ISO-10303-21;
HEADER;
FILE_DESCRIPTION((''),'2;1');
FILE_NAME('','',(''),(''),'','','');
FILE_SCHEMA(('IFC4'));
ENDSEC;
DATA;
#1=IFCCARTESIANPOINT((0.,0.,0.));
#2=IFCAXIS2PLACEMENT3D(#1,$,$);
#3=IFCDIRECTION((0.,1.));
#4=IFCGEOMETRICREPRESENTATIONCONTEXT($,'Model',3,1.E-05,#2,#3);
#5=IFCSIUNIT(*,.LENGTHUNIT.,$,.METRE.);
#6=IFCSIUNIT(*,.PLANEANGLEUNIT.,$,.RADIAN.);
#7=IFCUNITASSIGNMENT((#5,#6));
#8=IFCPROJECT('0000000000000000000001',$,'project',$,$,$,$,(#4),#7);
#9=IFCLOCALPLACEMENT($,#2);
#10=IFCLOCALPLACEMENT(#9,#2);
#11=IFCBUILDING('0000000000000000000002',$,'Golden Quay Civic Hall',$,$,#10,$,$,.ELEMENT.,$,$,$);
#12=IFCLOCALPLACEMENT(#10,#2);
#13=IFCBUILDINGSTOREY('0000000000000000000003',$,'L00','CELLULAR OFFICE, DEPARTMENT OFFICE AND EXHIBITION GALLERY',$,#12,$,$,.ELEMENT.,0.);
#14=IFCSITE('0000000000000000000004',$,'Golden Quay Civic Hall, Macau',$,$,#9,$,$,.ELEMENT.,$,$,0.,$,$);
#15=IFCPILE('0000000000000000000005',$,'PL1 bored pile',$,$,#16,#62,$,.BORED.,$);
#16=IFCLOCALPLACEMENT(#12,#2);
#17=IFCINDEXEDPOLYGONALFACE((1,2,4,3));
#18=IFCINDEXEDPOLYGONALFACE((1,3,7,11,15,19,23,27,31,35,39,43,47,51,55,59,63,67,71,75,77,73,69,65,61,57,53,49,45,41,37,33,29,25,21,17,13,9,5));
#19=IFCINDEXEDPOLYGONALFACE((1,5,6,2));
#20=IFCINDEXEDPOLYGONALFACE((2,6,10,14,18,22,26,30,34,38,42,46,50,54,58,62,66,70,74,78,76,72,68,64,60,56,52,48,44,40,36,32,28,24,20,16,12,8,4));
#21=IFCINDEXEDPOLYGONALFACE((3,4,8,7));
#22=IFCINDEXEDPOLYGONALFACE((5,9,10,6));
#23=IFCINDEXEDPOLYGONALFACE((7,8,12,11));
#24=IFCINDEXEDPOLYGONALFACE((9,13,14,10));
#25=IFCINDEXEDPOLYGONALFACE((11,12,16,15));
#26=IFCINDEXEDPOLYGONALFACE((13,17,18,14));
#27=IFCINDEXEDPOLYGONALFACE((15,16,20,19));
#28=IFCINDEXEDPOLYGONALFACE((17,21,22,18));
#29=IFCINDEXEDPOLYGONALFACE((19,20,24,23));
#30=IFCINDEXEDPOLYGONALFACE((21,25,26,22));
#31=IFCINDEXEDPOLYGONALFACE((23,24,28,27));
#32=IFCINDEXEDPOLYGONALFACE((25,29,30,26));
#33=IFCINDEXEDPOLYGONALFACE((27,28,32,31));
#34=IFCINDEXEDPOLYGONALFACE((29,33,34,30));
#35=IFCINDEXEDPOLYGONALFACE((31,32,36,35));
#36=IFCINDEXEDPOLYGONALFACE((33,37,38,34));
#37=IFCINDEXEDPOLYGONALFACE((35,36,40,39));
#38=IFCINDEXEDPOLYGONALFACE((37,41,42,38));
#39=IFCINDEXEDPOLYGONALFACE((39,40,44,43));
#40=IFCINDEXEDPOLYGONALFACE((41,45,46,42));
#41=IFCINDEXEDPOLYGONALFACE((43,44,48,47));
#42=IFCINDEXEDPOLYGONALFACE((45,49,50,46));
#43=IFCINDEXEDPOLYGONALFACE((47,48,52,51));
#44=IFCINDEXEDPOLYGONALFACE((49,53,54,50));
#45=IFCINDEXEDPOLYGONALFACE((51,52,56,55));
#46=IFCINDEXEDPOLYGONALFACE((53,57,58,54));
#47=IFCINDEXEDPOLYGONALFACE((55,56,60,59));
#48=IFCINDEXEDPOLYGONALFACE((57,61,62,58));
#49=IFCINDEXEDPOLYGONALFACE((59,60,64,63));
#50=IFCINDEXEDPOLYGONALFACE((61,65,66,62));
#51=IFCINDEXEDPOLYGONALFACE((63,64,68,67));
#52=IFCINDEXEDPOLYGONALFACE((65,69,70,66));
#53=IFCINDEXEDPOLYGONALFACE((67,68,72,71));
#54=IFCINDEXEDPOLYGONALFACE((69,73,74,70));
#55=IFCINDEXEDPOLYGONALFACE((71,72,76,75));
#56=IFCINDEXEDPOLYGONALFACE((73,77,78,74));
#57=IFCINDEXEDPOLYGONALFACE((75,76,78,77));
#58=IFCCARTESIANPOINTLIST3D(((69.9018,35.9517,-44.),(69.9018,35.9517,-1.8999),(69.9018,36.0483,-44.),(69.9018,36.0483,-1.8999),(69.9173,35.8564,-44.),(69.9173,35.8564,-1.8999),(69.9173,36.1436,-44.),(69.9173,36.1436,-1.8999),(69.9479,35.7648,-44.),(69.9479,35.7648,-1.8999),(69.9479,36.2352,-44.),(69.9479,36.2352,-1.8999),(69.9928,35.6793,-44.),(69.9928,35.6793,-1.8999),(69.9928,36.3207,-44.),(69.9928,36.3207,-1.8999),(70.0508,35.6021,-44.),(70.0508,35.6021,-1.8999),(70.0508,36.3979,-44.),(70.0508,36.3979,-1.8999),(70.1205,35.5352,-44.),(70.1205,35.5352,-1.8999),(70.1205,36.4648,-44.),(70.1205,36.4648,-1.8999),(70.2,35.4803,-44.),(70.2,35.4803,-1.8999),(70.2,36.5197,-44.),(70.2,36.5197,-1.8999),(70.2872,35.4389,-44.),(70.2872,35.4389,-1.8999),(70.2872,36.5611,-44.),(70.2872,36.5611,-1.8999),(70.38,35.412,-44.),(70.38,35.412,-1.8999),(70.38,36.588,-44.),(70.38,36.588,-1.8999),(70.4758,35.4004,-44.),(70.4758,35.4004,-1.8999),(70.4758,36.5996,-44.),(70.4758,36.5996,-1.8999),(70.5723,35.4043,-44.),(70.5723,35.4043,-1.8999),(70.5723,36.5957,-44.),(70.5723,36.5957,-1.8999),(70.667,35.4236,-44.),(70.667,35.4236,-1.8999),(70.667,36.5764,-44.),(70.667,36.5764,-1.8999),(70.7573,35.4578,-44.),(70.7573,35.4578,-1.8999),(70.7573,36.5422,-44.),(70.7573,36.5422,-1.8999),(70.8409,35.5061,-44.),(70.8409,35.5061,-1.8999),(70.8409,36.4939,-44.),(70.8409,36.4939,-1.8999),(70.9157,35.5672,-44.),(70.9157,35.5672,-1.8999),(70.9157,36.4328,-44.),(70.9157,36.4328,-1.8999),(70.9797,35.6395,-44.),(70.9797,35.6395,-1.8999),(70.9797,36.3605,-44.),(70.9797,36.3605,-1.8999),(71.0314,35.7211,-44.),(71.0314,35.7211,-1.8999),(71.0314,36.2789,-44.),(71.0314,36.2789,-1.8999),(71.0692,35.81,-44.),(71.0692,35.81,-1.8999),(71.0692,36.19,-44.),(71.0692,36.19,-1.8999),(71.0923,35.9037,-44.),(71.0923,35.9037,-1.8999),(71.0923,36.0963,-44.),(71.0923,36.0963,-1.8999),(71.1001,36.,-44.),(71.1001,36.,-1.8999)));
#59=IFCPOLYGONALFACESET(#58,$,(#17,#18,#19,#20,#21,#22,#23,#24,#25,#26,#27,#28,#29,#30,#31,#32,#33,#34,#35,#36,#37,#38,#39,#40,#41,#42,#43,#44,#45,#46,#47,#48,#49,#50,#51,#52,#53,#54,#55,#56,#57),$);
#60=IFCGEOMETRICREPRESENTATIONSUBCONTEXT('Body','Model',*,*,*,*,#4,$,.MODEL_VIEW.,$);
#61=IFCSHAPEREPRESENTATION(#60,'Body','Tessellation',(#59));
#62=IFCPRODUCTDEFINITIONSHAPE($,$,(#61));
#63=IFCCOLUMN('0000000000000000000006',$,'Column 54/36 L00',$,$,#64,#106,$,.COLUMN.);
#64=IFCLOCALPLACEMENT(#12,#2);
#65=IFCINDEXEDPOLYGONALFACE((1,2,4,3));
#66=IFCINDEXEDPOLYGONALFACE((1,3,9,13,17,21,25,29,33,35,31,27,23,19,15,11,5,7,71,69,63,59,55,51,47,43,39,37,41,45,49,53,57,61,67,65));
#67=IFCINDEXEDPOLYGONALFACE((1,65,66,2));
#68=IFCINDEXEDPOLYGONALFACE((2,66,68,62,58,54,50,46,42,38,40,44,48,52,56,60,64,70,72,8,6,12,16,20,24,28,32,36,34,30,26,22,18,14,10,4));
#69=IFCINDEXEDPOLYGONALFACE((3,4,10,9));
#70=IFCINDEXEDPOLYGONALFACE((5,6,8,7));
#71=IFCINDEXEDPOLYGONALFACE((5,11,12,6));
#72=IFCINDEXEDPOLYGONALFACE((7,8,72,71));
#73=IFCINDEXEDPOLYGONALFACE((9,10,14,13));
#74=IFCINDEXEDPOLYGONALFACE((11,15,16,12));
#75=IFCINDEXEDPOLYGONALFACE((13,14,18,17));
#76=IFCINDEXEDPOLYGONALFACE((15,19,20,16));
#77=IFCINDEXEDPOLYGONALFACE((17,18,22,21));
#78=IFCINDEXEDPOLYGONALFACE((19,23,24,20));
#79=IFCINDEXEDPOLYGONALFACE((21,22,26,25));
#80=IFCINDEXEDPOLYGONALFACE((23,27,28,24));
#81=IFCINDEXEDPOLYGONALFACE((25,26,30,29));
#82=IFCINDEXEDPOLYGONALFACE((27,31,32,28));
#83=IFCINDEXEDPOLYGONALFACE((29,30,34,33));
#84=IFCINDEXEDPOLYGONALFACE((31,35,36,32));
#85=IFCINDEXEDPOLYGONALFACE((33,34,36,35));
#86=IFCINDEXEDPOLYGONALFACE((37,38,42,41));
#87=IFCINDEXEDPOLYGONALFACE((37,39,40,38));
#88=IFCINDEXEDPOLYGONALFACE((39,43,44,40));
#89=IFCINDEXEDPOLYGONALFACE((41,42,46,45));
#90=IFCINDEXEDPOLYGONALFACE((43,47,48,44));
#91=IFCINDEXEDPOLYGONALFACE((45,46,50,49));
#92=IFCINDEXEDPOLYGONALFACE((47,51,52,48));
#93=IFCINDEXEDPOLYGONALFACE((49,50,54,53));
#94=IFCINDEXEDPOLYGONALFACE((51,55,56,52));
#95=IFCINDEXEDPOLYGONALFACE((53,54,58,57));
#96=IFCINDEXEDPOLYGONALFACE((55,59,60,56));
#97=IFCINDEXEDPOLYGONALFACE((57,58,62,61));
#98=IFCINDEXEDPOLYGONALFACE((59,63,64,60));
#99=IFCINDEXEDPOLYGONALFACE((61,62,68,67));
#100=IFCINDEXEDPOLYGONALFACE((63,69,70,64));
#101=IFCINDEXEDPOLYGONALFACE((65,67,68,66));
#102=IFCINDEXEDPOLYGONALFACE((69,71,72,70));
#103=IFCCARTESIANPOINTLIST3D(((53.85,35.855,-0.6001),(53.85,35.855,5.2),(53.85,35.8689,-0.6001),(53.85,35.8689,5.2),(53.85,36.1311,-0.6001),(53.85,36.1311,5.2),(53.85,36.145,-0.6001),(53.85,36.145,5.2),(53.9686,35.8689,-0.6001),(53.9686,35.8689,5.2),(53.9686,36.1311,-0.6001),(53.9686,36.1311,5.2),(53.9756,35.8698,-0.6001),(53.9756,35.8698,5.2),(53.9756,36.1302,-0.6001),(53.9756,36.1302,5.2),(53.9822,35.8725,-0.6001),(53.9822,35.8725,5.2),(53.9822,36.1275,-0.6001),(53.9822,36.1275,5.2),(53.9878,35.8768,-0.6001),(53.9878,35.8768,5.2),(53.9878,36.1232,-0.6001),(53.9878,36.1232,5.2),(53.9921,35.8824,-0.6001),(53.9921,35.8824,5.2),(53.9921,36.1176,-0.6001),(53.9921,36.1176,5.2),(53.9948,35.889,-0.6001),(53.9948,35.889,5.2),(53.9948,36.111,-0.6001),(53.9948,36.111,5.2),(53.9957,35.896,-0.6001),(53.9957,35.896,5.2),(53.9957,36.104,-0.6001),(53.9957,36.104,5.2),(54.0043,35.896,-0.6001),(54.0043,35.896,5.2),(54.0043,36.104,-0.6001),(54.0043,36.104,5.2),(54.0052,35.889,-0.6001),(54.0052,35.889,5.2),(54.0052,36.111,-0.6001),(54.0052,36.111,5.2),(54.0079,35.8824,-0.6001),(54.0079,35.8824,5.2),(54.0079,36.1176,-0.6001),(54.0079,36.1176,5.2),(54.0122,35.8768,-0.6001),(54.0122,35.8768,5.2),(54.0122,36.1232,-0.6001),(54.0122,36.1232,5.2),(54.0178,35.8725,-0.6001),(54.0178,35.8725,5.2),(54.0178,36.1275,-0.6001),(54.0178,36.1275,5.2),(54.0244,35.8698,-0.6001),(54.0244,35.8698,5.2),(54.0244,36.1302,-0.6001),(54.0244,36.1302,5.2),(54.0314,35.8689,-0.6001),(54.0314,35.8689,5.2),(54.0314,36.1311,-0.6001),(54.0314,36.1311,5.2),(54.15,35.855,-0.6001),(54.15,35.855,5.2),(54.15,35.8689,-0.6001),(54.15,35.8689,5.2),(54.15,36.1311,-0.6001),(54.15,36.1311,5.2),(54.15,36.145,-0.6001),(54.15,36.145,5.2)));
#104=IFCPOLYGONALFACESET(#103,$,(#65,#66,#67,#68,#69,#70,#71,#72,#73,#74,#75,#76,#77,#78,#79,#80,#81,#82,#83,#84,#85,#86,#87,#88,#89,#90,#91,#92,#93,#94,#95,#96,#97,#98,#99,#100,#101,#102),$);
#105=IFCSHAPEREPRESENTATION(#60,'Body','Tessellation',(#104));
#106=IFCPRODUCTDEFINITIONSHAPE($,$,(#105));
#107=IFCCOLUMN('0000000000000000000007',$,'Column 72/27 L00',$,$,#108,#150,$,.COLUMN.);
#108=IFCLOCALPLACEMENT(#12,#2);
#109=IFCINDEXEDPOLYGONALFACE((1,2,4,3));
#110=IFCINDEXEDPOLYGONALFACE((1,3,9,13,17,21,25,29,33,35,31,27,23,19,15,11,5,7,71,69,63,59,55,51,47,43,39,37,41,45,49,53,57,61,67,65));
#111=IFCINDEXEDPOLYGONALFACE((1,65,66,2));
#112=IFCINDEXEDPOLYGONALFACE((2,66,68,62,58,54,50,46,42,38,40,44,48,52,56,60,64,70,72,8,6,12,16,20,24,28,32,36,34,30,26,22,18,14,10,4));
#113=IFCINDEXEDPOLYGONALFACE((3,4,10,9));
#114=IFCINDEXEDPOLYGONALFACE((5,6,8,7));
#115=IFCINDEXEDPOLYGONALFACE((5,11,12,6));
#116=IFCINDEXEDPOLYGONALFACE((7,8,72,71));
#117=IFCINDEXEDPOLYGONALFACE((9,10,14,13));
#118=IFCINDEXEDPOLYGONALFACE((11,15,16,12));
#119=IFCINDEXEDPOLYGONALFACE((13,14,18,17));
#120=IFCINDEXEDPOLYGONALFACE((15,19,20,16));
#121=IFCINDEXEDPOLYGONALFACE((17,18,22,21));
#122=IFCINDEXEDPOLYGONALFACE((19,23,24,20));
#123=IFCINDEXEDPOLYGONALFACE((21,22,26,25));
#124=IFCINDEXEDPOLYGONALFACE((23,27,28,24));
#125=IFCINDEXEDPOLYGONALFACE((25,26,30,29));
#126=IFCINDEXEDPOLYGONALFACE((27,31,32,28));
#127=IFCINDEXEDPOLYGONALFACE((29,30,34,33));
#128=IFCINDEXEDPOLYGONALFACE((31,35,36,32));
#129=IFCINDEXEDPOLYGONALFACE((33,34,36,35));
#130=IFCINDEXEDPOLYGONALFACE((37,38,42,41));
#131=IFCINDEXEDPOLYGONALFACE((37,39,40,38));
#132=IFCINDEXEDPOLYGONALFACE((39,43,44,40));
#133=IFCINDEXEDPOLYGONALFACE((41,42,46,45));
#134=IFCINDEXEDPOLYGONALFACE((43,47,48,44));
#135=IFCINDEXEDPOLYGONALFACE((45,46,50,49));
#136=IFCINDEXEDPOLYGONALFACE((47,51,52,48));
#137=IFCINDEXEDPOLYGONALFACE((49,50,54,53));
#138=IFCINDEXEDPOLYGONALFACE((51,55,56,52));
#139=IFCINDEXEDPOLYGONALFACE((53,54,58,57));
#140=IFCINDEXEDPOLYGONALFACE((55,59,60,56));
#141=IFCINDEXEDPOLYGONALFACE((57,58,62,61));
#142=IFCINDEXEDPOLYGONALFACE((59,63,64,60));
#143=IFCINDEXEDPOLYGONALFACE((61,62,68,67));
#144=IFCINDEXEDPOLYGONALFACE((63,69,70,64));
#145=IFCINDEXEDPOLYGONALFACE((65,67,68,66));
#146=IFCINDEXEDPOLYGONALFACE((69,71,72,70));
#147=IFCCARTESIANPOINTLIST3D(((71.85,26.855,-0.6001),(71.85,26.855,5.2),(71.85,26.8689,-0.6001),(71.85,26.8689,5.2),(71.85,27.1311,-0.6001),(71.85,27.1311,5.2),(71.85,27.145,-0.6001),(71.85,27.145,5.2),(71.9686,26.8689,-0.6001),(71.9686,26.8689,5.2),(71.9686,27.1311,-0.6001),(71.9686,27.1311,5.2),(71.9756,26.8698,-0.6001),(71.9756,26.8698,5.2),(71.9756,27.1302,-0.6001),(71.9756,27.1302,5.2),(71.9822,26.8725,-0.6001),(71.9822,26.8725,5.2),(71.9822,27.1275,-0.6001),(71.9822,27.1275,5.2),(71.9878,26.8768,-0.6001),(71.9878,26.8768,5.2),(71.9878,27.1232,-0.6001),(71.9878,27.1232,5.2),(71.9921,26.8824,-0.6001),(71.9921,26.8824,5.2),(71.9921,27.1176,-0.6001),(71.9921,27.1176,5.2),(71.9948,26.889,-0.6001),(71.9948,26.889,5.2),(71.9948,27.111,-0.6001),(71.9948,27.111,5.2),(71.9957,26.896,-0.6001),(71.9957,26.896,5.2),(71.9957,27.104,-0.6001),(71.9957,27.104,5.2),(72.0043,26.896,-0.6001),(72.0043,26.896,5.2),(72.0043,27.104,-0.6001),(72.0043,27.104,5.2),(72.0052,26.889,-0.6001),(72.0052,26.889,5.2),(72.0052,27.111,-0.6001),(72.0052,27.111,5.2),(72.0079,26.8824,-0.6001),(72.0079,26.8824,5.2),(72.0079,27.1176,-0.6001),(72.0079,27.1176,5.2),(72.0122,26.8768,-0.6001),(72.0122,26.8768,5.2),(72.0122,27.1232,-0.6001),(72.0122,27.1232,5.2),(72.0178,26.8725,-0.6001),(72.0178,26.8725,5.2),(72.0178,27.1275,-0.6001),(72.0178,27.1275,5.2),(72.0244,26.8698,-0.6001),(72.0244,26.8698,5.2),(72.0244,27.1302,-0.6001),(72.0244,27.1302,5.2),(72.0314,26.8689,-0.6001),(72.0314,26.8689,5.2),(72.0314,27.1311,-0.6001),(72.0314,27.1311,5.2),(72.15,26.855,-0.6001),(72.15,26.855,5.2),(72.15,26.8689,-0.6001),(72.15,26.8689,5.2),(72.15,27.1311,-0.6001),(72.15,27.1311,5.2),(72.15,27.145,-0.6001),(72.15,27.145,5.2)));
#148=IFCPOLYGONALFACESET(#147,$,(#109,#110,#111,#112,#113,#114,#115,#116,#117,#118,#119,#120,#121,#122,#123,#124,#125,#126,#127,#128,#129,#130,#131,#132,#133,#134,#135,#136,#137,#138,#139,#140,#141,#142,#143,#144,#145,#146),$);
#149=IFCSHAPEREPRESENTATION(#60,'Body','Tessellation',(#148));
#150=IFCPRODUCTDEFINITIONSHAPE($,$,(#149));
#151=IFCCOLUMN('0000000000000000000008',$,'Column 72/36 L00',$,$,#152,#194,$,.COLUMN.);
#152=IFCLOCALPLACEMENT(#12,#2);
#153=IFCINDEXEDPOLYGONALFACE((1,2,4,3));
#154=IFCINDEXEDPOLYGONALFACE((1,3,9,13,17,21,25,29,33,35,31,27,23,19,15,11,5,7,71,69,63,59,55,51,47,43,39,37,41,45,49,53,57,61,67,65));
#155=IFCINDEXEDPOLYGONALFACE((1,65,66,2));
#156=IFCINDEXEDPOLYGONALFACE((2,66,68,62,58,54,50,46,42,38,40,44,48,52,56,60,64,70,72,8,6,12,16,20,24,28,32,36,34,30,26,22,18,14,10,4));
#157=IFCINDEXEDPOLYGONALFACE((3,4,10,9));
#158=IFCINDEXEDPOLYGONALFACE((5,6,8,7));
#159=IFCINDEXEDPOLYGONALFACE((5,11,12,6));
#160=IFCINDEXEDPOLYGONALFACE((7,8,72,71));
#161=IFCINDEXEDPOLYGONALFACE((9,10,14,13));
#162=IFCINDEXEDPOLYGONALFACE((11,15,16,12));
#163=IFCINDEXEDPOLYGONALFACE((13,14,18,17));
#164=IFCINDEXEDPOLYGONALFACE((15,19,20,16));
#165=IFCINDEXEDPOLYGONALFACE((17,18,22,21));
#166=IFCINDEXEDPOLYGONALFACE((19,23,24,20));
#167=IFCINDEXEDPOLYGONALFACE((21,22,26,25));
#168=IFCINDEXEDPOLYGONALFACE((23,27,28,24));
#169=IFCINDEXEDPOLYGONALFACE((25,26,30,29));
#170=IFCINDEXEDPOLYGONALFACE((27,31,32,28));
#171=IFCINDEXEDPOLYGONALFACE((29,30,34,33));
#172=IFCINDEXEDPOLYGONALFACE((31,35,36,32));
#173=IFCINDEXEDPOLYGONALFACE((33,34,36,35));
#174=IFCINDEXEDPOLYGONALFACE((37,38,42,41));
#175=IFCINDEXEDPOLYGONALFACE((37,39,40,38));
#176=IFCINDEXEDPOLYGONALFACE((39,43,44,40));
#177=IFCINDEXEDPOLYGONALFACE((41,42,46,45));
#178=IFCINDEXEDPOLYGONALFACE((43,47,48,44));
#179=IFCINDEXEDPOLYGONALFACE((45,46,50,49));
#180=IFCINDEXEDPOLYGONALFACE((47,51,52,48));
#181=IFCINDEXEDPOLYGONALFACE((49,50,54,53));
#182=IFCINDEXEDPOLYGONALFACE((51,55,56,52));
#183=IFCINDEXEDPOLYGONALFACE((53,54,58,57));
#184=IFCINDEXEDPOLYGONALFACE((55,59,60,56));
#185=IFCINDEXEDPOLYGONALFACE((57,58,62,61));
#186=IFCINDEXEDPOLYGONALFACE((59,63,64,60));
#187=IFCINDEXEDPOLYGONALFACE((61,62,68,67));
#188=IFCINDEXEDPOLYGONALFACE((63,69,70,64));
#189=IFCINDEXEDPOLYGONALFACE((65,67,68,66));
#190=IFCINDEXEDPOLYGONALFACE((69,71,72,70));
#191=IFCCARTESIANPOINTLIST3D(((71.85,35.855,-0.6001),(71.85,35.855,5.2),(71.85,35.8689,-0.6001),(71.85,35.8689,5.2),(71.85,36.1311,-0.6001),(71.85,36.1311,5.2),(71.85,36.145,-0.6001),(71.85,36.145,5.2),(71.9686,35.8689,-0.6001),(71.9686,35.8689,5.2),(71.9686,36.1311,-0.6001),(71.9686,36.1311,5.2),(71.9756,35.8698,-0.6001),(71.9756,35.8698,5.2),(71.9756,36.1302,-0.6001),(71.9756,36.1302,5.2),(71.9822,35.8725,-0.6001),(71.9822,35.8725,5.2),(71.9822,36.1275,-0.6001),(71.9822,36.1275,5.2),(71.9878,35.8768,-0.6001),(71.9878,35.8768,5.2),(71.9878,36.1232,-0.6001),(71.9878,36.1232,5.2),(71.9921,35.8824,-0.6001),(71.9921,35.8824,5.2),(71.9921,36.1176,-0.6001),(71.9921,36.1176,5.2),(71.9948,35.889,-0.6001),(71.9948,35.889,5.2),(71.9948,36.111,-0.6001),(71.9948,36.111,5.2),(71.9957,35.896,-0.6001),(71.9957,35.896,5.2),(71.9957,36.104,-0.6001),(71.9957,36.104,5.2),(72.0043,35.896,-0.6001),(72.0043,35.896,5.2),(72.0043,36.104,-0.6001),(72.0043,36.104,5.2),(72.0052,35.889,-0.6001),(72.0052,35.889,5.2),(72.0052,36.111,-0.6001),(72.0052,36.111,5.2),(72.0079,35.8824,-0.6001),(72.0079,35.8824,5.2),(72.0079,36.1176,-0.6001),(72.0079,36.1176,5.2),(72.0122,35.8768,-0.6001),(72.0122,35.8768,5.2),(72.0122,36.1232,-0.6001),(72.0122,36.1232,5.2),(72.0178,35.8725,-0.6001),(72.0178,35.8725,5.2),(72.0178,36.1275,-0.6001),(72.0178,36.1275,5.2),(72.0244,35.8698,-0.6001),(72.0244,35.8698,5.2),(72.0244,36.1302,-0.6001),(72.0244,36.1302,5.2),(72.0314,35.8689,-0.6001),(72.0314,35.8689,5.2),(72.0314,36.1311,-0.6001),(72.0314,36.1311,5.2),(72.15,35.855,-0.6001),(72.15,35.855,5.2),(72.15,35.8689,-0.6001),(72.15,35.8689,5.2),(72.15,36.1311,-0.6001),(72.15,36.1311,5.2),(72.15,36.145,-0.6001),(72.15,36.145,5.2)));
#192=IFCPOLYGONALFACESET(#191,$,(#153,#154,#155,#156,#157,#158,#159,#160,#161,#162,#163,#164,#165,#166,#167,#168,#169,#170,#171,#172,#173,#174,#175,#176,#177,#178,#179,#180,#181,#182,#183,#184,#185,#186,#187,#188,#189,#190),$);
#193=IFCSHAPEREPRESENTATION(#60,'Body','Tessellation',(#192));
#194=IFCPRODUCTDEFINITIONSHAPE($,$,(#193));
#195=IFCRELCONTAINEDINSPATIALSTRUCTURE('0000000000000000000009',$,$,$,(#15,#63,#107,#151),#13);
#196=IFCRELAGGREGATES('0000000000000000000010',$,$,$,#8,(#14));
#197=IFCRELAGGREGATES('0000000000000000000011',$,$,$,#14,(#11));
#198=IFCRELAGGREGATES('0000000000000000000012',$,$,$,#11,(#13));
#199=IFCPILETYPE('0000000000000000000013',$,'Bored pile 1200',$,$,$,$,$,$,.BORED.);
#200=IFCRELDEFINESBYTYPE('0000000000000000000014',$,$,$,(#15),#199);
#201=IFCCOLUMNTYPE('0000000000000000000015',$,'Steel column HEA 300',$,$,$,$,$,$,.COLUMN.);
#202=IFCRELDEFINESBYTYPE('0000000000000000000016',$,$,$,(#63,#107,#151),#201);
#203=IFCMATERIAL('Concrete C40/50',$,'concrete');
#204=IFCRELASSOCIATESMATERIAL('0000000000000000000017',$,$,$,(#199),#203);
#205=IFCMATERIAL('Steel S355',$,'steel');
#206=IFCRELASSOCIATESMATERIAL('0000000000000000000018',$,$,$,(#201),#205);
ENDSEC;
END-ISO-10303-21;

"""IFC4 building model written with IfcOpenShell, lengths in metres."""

from ifc_helpers import new_model, si_unit, direction, frame, origin, origin_2d, place, context, subcontext, project, spatial, circle, i_section, extrude, material, material_profile, profile_set, type_object, element, save


model = new_model("IFC4")

# Units and contexts
model_context = context("Model", 3, precision=1e-05, world=origin(), true_north=direction((0.0, 1.0)))
body_context = subcontext(model_context, "Body", "Model", "MODEL_VIEW")
ifc_project = project(units=[si_unit("LENGTHUNIT", "METRE"), si_unit("PLANEANGLEUNIT", "RADIAN")], contexts=[model_context])

# Site, building, storey
site_placement = place(None, origin())
site = spatial("IfcSite", under=ifc_project, at=site_placement, Name="Golden Quay Civic Hall, Macau", CompositionType="ELEMENT", RefElevation=0.0)
building_placement = place(site_placement, origin())
building = spatial("IfcBuilding", under=site, at=building_placement, Name="Golden Quay Civic Hall", CompositionType="ELEMENT")
storey_placement = place(building_placement, origin())
storey = spatial("IfcBuildingStorey", under=building, at=storey_placement, Name="L00", Description="CELLULAR OFFICE, DEPARTMENT OFFICE AND EXHIBITION GALLERY", CompositionType="ELEMENT", Elevation=0.0)

# Pile
ifc_material_1 = material(Name="Concrete C40/50", Category="concrete")
ifc_material_profile_1 = material_profile(ifc_material_1, circle(Radius=0.6001, at=origin_2d()), Name="RC D1200")
ifc_profile_set_1 = profile_set([ifc_material_profile_1], Name="Concrete C40/50")
pile_type = type_object("IfcPileType", Name="Bored pile 1200", PredefinedType="BORED", material=ifc_profile_set_1)
for number, where, z_axis, x_axis, name in (
    (1, (70.5, 36.0, -1.8999), (0.0, 0.0, -1.0), (1.0, 0.0, 0.0), "PL1 bored pile"),
):
    element("IfcPile", number, at=place(storey_placement, frame(where, z_axis=z_axis, x_axis=x_axis)), inside=storey, type_object=pile_type, Name=name, PredefinedType="BORED", context=body_context, shape_type="SweptSolid", body=[
        extrude(circle(Radius=0.6001, at=origin_2d()), origin(), (0.0, 0.0, 1.0), 42.1001),
    ])

# Columns
ifc_material_2 = material(Name="Steel S355", Category="steel")
ifc_material_profile_2 = material_profile(ifc_material_2, i_section(OverallWidth=0.3, OverallDepth=0.29, WebThickness=0.0085, FlangeThickness=0.0139, FilletRadius=0.0271, at=origin_2d()), Name="HEA 300")
ifc_profile_set_2 = profile_set([ifc_material_profile_2], Name="Steel S355")
column_type_1 = type_object("IfcColumnType", Name="Steel column HEA 300", PredefinedType="COLUMN", material=ifc_profile_set_2)
for number, where, z_axis, x_axis, name in (
    (2, (54.0, 36.0, -0.6001), (0.0, 0.0, 1.0), (1.0, 0.0, 0.0), "Column 54/36 L00"),
    (3, (72.0, 27.0, -0.6001), (0.0, 0.0, 1.0), (1.0, 0.0, 0.0), "Column 72/27 L00"),
    (4, (72.0, 36.0, -0.6001), (0.0, 0.0, 1.0), (1.0, 0.0, 0.0), "Column 72/36 L00"),
):
    element("IfcColumn", number, at=place(storey_placement, frame(where, z_axis=z_axis, x_axis=x_axis)), inside=storey, type_object=column_type_1, Name=name, PredefinedType="COLUMN", context=body_context, shape_type="SweptSolid", body=[
        extrude(i_section(OverallWidth=0.3, OverallDepth=0.29, WebThickness=0.0085, FlangeThickness=0.0139, FilletRadius=0.0271, at=origin_2d()), origin(), (0.0, 0.0, 1.0), 5.8),
    ])

save(model, "model.ifc")
